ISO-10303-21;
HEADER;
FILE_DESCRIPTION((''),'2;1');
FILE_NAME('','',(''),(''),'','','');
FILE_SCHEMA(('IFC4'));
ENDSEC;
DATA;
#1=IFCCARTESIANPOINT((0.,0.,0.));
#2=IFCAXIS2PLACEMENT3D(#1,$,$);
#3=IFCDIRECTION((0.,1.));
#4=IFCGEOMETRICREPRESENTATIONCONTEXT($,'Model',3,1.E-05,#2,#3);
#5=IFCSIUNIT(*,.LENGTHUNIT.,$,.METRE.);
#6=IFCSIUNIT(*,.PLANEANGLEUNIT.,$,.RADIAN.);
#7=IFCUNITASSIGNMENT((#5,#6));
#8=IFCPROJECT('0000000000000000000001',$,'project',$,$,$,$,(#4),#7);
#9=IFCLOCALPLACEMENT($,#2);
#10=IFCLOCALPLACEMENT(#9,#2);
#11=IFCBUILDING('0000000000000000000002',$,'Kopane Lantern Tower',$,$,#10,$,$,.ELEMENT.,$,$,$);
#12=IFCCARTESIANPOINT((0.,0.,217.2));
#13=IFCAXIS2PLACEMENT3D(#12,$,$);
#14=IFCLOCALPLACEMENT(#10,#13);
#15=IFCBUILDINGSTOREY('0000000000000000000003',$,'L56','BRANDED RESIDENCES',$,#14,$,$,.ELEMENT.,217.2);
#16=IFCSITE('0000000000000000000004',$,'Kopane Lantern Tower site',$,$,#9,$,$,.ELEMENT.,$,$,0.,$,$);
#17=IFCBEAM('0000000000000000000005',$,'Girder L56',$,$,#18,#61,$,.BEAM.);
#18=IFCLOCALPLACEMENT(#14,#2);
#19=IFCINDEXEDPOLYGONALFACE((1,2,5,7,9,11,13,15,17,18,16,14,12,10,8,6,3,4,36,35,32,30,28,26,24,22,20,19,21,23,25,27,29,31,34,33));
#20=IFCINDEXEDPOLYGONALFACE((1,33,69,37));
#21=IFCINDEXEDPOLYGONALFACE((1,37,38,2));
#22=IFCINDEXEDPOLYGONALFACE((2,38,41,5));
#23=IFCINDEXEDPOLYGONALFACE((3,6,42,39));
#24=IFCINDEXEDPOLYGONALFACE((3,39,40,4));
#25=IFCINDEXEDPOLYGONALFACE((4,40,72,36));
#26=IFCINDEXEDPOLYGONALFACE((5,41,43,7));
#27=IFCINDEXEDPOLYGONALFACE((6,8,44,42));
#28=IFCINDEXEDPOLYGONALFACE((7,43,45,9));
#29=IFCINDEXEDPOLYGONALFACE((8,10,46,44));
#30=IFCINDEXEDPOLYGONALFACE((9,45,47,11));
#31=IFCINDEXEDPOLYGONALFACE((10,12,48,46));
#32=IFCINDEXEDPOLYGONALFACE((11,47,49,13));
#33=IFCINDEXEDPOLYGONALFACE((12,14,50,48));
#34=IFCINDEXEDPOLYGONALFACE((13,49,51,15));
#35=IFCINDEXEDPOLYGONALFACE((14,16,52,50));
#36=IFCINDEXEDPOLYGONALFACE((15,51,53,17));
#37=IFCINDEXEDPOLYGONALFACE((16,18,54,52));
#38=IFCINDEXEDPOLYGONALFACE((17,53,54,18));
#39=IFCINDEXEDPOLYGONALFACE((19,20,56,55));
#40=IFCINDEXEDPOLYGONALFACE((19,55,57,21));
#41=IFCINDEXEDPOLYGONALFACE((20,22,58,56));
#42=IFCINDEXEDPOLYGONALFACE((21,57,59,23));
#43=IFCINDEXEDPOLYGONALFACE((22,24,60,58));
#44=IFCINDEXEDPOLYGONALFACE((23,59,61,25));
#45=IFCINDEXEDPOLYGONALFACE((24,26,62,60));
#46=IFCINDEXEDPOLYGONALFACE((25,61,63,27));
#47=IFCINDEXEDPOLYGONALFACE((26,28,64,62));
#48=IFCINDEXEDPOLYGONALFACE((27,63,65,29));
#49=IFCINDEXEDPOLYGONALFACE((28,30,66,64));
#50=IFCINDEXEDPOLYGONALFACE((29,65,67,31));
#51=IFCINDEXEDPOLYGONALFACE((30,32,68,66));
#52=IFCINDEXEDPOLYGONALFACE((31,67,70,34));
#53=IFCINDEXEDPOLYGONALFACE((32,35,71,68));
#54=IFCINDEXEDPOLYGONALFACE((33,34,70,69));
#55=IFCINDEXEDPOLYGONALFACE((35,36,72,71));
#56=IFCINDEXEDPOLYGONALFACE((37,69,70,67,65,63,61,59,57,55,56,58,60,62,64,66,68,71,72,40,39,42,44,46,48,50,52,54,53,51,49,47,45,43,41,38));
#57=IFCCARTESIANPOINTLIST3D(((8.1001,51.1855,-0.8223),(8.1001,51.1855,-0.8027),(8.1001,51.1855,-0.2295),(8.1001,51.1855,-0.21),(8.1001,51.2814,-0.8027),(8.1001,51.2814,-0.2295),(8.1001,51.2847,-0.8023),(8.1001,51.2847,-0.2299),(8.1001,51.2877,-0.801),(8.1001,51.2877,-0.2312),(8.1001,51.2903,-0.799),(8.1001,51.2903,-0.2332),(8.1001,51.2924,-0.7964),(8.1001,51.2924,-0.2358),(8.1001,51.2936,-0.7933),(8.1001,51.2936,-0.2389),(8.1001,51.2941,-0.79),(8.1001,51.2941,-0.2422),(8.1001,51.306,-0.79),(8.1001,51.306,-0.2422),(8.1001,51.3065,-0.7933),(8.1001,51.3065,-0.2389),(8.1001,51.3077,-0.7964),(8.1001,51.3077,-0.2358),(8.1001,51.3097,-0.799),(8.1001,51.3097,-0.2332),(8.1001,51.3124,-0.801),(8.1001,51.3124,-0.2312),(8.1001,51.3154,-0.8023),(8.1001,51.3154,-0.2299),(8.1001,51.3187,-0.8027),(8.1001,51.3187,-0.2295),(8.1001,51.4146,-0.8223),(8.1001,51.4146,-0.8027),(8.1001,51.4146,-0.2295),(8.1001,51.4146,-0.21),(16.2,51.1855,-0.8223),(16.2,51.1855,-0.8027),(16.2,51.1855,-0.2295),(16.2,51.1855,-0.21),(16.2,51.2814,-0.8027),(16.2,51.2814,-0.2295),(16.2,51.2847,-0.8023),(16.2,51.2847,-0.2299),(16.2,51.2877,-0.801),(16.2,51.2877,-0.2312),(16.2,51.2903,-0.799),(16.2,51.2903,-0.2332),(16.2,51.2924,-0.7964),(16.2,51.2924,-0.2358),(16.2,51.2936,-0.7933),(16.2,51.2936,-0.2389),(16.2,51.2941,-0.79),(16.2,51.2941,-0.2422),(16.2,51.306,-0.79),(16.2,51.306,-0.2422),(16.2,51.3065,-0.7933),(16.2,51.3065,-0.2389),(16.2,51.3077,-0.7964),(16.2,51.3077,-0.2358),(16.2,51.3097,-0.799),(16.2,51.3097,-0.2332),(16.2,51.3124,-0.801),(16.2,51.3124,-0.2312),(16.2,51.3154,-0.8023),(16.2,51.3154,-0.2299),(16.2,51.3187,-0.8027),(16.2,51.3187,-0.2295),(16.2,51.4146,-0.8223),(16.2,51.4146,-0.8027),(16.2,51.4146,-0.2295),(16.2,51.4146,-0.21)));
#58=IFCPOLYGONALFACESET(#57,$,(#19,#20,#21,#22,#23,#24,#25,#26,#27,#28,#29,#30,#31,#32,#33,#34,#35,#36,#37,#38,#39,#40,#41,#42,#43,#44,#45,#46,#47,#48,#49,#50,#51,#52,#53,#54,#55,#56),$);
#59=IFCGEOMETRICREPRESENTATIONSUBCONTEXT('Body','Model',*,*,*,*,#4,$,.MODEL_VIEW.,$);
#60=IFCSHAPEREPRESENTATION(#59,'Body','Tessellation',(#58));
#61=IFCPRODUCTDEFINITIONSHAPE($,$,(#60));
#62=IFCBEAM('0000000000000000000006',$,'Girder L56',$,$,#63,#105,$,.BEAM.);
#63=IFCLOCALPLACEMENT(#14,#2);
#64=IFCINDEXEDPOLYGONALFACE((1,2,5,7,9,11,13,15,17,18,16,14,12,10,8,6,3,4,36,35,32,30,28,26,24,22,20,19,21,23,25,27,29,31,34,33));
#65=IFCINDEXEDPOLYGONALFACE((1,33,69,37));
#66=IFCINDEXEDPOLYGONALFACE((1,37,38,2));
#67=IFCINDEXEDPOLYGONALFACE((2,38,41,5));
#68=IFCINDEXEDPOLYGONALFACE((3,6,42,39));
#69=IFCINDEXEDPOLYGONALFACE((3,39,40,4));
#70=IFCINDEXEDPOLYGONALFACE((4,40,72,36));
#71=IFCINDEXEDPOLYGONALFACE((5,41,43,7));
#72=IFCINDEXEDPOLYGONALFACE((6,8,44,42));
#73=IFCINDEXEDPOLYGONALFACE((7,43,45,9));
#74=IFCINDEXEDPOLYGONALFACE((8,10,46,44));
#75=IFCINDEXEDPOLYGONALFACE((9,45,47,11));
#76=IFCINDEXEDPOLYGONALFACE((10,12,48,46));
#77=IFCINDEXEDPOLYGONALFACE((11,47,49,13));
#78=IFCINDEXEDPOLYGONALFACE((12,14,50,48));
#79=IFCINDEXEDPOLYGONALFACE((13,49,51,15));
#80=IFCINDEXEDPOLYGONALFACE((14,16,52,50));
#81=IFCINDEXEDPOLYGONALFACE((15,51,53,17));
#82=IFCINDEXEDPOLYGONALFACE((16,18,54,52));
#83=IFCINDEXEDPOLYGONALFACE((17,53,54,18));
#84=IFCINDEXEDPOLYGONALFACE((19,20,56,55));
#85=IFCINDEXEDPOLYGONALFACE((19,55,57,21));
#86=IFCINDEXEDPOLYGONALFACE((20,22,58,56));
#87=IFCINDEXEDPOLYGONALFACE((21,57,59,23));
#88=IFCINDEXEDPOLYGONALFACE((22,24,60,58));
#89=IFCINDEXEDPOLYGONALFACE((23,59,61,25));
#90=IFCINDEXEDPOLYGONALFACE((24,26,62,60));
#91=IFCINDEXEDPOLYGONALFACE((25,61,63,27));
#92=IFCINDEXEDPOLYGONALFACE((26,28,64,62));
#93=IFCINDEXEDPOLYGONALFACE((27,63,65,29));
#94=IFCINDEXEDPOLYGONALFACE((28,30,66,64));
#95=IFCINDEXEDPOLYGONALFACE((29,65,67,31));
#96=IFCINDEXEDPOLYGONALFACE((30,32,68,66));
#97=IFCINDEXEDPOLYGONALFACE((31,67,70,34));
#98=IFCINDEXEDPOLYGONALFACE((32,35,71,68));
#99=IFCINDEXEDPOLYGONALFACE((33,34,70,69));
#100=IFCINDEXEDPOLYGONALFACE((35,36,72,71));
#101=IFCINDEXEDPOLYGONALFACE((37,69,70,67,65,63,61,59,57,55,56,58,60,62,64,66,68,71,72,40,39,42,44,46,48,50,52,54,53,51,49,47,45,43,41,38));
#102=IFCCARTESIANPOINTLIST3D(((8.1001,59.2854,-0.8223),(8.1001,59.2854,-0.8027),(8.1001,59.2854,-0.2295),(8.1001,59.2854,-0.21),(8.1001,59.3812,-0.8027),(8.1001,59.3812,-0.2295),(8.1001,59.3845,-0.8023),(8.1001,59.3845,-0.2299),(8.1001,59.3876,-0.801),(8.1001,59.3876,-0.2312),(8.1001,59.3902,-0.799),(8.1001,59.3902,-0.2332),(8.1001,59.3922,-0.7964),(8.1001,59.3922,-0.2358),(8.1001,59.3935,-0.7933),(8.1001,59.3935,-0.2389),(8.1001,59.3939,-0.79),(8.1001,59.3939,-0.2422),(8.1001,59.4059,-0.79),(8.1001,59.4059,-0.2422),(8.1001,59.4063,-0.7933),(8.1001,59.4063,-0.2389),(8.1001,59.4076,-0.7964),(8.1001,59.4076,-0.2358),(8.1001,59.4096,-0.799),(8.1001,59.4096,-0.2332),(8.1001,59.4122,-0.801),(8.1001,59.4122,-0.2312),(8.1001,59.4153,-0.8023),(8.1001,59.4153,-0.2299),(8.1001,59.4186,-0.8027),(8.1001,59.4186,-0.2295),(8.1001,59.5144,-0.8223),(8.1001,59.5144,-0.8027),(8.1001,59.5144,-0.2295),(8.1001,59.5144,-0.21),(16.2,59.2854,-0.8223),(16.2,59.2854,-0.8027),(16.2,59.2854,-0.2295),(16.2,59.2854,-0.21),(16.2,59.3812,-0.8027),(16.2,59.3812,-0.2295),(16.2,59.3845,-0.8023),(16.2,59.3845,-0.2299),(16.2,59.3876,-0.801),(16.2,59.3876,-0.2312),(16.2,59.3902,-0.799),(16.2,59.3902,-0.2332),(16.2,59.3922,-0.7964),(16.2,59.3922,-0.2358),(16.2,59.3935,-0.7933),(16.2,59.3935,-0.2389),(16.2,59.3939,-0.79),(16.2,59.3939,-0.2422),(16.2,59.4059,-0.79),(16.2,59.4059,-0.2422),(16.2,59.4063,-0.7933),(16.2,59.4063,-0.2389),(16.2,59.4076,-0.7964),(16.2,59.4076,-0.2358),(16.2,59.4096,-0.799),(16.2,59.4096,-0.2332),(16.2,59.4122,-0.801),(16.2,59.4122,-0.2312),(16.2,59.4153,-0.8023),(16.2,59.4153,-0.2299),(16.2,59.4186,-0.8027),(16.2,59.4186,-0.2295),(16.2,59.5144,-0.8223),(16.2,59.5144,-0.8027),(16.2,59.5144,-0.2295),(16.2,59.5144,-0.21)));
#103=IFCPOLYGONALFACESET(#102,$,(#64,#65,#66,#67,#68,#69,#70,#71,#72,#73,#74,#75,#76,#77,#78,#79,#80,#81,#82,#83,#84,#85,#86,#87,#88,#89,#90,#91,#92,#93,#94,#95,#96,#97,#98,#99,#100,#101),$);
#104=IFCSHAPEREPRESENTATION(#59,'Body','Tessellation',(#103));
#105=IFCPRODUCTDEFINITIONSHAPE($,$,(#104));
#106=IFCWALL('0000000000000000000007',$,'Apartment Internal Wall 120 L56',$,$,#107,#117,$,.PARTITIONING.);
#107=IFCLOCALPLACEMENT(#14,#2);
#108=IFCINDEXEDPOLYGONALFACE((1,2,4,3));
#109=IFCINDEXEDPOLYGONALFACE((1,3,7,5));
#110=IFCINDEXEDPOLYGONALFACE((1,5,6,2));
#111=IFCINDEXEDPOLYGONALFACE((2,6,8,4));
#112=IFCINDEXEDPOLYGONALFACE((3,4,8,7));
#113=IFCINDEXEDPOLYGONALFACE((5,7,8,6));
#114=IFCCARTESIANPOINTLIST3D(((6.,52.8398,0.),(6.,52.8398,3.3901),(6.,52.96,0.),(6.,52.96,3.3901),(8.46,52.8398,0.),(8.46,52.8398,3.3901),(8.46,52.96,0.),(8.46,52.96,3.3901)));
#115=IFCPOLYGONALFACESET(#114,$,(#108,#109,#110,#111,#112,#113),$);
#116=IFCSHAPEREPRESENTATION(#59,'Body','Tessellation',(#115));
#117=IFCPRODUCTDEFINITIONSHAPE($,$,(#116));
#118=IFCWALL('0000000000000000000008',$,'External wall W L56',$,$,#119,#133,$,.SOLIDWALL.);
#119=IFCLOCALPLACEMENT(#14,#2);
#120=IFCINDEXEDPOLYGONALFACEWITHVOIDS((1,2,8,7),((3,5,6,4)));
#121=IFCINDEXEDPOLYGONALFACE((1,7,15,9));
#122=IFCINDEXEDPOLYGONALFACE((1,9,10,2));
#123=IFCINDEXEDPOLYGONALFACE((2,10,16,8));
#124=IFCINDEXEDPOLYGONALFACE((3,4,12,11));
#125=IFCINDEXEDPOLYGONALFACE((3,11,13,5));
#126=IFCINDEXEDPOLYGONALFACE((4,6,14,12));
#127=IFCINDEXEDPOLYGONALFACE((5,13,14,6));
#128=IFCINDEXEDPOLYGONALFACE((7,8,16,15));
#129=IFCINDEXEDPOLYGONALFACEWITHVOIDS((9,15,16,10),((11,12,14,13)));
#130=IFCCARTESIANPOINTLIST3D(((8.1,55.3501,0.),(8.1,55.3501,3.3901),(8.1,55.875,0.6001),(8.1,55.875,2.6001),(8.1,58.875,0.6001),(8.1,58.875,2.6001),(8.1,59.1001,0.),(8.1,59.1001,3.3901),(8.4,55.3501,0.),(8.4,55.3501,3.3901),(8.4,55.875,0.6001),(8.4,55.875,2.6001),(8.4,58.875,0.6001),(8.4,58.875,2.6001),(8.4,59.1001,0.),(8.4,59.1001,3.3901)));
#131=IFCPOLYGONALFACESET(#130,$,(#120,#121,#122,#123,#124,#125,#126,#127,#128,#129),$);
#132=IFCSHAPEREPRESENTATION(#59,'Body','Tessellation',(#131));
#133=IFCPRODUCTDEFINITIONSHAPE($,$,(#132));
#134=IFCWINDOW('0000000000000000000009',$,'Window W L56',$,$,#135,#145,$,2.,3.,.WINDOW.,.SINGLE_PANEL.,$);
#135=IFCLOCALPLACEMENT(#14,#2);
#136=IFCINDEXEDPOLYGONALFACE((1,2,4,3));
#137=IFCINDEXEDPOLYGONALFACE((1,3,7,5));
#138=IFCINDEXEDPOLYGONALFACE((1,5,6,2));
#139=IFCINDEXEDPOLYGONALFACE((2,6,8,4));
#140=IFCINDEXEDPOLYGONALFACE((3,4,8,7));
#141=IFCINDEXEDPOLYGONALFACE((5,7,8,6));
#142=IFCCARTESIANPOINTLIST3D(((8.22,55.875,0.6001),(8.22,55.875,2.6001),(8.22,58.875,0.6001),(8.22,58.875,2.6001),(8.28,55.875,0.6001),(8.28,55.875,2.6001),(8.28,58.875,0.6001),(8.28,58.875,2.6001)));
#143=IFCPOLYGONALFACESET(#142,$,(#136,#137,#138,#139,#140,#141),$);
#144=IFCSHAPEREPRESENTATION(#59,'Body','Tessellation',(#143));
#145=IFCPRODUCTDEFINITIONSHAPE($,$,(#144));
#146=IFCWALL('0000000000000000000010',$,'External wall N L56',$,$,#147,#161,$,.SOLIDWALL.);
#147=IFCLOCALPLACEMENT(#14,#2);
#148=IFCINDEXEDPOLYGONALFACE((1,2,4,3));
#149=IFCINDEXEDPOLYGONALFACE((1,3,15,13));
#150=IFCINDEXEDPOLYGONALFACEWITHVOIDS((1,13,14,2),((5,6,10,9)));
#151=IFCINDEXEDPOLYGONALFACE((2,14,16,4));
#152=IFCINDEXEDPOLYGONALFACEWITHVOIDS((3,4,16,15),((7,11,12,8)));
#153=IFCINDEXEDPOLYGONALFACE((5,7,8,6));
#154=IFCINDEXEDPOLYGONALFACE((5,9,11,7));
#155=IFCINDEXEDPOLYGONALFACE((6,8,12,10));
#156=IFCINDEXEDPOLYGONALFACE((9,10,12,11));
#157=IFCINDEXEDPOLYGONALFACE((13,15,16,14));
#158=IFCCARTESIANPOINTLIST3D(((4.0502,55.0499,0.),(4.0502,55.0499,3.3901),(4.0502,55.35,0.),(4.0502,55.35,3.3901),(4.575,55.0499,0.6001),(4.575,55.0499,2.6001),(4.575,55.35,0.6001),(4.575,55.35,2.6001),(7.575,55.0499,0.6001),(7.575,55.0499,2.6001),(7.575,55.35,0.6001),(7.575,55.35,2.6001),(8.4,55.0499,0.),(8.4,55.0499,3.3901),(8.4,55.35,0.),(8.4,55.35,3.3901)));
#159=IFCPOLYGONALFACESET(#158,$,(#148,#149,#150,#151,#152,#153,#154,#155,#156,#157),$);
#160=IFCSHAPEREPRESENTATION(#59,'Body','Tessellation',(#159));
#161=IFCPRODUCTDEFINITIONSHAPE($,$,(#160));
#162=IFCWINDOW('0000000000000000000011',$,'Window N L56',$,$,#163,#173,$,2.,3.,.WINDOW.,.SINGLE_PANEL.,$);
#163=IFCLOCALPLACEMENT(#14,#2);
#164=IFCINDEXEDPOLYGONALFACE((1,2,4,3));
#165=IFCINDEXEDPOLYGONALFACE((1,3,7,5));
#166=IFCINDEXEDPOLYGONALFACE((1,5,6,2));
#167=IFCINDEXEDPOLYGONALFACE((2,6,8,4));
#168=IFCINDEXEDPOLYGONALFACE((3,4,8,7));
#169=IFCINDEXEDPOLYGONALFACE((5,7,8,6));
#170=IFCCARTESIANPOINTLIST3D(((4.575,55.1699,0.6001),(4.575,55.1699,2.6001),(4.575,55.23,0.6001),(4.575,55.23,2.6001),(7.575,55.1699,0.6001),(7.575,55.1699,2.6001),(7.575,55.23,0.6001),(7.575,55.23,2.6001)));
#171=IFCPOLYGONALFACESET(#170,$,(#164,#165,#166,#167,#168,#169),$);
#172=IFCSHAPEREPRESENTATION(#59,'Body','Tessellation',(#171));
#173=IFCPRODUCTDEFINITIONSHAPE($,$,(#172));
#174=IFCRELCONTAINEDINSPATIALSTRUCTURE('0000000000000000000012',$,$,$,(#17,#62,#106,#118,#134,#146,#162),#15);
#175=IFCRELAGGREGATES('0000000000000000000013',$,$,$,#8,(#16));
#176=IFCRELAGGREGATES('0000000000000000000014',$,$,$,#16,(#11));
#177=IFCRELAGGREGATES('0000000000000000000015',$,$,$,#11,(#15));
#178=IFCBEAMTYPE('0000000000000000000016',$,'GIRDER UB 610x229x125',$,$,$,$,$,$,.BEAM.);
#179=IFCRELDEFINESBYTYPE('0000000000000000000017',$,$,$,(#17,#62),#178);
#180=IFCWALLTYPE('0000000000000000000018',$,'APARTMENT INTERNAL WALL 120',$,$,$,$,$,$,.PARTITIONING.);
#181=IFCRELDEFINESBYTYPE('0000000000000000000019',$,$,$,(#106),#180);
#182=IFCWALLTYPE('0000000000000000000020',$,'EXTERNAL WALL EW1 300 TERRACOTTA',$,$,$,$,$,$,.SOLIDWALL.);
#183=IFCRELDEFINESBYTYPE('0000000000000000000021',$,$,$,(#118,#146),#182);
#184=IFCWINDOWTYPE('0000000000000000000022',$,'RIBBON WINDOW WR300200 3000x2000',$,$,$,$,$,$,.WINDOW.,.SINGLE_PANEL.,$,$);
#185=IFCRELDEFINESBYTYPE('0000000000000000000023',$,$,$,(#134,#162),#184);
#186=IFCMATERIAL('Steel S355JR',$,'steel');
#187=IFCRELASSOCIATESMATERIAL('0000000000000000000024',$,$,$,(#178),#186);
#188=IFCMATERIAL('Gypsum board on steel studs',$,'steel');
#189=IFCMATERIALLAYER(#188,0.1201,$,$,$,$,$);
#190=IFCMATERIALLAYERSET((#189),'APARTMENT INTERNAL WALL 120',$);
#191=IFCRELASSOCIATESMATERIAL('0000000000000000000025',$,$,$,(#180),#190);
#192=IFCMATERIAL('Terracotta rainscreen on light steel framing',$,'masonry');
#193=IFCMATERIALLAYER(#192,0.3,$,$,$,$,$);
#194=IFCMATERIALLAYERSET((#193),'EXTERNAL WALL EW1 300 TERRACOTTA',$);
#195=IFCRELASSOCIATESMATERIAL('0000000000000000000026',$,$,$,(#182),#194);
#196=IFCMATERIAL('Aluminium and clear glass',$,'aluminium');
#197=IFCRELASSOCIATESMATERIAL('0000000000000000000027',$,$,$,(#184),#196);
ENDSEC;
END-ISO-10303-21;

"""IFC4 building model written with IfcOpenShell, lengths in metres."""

from ifc_helpers import new_model, si_unit, direction, frame, frame_2d, origin, origin_2d, place, context, subcontext, project, spatial, rectangle, i_section, extrude, material, layer, layer_set, material_profile, profile_set, type_object, element, fill, save


model = new_model("IFC4")

# Units and contexts
model_context = context("Model", 3, precision=1e-05, world=origin(), true_north=direction((0.0, 1.0)))
body_context = subcontext(model_context, "Body", "Model", "MODEL_VIEW")
ifc_project = project(units=[si_unit("LENGTHUNIT", "METRE"), si_unit("PLANEANGLEUNIT", "RADIAN")], contexts=[model_context])

# Site, building, storey
site_placement = place(None, origin())
site = spatial("IfcSite", under=ifc_project, at=site_placement, Name="Kopane Lantern Tower site", CompositionType="ELEMENT", RefElevation=0.0)
building_placement = place(site_placement, origin())
building = spatial("IfcBuilding", under=site, at=building_placement, Name="Kopane Lantern Tower", CompositionType="ELEMENT")
storey_placement = place(building_placement, frame((0.0, 0.0, 217.2)))
storey = spatial("IfcBuildingStorey", under=building, at=storey_placement, Name="L56", Description="BRANDED RESIDENCES", CompositionType="ELEMENT", Elevation=217.2)

# Beams
ifc_material_1 = material(Name="Steel S355JR", Category="steel")
ifc_material_profile_1 = material_profile(ifc_material_1, i_section(OverallWidth=0.229, OverallDepth=0.6123, WebThickness=0.012, FlangeThickness=0.0195, FilletRadius=0.0127, at=origin_2d()), Name="UB 610x229x125")
ifc_profile_set_1 = profile_set([ifc_material_profile_1], Name="Steel S355JR")
beam_type_1 = type_object("IfcBeamType", Name="GIRDER UB 610x229x125", PredefinedType="BEAM", material=ifc_profile_set_1)
for number, where, z_axis, x_axis, name in (
    (1, (8.1001, 51.3, -0.5161), (1.0, 0.0, 0.0), (0.0, 1.0, 0.0), "Girder L56"),
    (2, (8.1001, 59.3999, -0.5161), (1.0, 0.0, 0.0), (0.0, 1.0, 0.0), "Girder L56"),
):
    element("IfcBeam", number, at=place(storey_placement, frame(where, z_axis=z_axis, x_axis=x_axis)), inside=storey, type_object=beam_type_1, Name=name, PredefinedType="BEAM", context=body_context, shape_type="SweptSolid", body=[
        extrude(i_section(OverallWidth=0.229, OverallDepth=0.6123, WebThickness=0.012, FlangeThickness=0.0195, FilletRadius=0.0127, at=origin_2d()), origin(), (0.0, 0.0, 1.0), 8.0999),
    ])

# Wall
ifc_material_2 = material(Name="Gypsum board on steel studs", Category="steel")
ifc_layer_1 = layer(ifc_material_2, 0.1201)
ifc_layer_set_1 = layer_set([ifc_layer_1], Name="APARTMENT INTERNAL WALL 120")
wall_type_1 = type_object("IfcWallType", Name="APARTMENT INTERNAL WALL 120", PredefinedType="PARTITIONING", material=ifc_layer_set_1)
wall_1_placement = place(storey_placement, frame((6.0, 52.8999, 0.0), z_axis=(0.0, 0.0, 1.0), x_axis=(1.0, 0.0, 0.0)))
element("IfcWall", 3, at=wall_1_placement, inside=storey, type_object=wall_type_1, Name="Apartment Internal Wall 120 L56", PredefinedType="PARTITIONING", context=body_context, shape_type="SweptSolid", body=[
    extrude(rectangle(XDim=2.46, YDim=0.1201, at=frame_2d((1.23, 0.0))), origin(), (0.0, 0.0, 1.0), 3.3901),
])

# Walls, openings, windows
ifc_material_3 = material(Name="Terracotta rainscreen on light steel framing", Category="masonry")
ifc_layer_2 = layer(ifc_material_3, 0.3)
ifc_layer_set_2 = layer_set([ifc_layer_2], Name="EXTERNAL WALL EW1 300 TERRACOTTA")
wall_type_2 = type_object("IfcWallType", Name="EXTERNAL WALL EW1 300 TERRACOTTA", PredefinedType="SOLIDWALL", material=ifc_layer_set_2)
wall_2_placement = place(storey_placement, frame((8.25, 59.1001, 0.0), z_axis=(0.0, 0.0, 1.0), x_axis=(0.0, -1.0, 0.0)))
wall_2 = element("IfcWall", 4, at=wall_2_placement, inside=storey, type_object=wall_type_2, Name="External wall W L56", PredefinedType="SOLIDWALL", context=body_context, shape_type="SweptSolid", body=[
    extrude(rectangle(XDim=3.75, YDim=0.3, at=frame_2d((1.875, 0.0))), origin(), (0.0, 0.0, 1.0), 3.3901),
])
opening_1_placement = place(wall_2_placement, frame((0.2251, 0.0, 0.6001)))
opening_1 = element("IfcOpeningElement", 5, at=opening_1_placement, cuts=wall_2, PredefinedType="OPENING", context=body_context, shape_type="SweptSolid", body=[
    extrude(rectangle(XDim=3.0, YDim=2.0, at=frame_2d((1.5, 1.0))), frame((0.0, 0.1599, 0.0), z_axis=(0.0, -1.0, 0.0), x_axis=(1.0, 0.0, 0.0)), (0.0, 0.0, 1.0), 0.3201),
])
ifc_material_4 = material(Name="Aluminium and clear glass", Category="aluminium")
window_type = type_object("IfcWindowType", Name="RIBBON WINDOW WR300200 3000x2000", PartitioningType="SINGLE_PANEL", PredefinedType="WINDOW", material=ifc_material_4)
window_1_placement = place(opening_1_placement, origin())
window_1 = element("IfcWindow", 6, at=window_1_placement, inside=storey, type_object=window_type, Name="Window W L56", OverallHeight=2.0, OverallWidth=3.0, PartitioningType="SINGLE_PANEL", PredefinedType="WINDOW", context=body_context, shape_type="SweptSolid", body=[
    extrude(rectangle(XDim=3.0, YDim=2.0, at=frame_2d((1.5, 1.0))), frame((0.0, 0.03, 0.0), z_axis=(0.0, -1.0, 0.0), x_axis=(1.0, 0.0, 0.0)), (0.0, 0.0, 1.0), 0.0601),
])
fill(opening_1, window_1)
wall_3_placement = place(storey_placement, frame((8.3999, 55.2, 0.0), z_axis=(0.0, 0.0, 1.0), x_axis=(-1.0, 0.0, 0.0)))
wall_3 = element("IfcWall", 7, at=wall_3_placement, inside=storey, type_object=wall_type_2, Name="External wall N L56", PredefinedType="SOLIDWALL", context=body_context, shape_type="SweptSolid", body=[
    extrude(rectangle(XDim=4.3499, YDim=0.3, at=frame_2d((2.1748, 0.0))), origin(), (0.0, 0.0, 1.0), 3.3901),
])
opening_2_placement = place(wall_3_placement, frame((0.825, 0.0, 0.6001)))
opening_2 = element("IfcOpeningElement", 8, at=opening_2_placement, cuts=wall_3, PredefinedType="OPENING", context=body_context, shape_type="SweptSolid", body=[
    extrude(rectangle(XDim=3.0, YDim=2.0, at=frame_2d((1.5, 1.0))), frame((0.0, 0.1599, 0.0), z_axis=(0.0, -1.0, 0.0), x_axis=(1.0, 0.0, 0.0)), (0.0, 0.0, 1.0), 0.3201),
])
window_2_placement = place(opening_2_placement, origin())
window_2 = element("IfcWindow", 9, at=window_2_placement, inside=storey, type_object=window_type, Name="Window N L56", OverallHeight=2.0, OverallWidth=3.0, PartitioningType="SINGLE_PANEL", PredefinedType="WINDOW", context=body_context, shape_type="SweptSolid", body=[
    extrude(rectangle(XDim=3.0, YDim=2.0, at=frame_2d((1.5, 1.0))), frame((0.0, 0.03, 0.0), z_axis=(0.0, -1.0, 0.0), x_axis=(1.0, 0.0, 0.0)), (0.0, 0.0, 1.0), 0.0601),
])
fill(opening_2, window_2)

save(model, "model.ifc")
